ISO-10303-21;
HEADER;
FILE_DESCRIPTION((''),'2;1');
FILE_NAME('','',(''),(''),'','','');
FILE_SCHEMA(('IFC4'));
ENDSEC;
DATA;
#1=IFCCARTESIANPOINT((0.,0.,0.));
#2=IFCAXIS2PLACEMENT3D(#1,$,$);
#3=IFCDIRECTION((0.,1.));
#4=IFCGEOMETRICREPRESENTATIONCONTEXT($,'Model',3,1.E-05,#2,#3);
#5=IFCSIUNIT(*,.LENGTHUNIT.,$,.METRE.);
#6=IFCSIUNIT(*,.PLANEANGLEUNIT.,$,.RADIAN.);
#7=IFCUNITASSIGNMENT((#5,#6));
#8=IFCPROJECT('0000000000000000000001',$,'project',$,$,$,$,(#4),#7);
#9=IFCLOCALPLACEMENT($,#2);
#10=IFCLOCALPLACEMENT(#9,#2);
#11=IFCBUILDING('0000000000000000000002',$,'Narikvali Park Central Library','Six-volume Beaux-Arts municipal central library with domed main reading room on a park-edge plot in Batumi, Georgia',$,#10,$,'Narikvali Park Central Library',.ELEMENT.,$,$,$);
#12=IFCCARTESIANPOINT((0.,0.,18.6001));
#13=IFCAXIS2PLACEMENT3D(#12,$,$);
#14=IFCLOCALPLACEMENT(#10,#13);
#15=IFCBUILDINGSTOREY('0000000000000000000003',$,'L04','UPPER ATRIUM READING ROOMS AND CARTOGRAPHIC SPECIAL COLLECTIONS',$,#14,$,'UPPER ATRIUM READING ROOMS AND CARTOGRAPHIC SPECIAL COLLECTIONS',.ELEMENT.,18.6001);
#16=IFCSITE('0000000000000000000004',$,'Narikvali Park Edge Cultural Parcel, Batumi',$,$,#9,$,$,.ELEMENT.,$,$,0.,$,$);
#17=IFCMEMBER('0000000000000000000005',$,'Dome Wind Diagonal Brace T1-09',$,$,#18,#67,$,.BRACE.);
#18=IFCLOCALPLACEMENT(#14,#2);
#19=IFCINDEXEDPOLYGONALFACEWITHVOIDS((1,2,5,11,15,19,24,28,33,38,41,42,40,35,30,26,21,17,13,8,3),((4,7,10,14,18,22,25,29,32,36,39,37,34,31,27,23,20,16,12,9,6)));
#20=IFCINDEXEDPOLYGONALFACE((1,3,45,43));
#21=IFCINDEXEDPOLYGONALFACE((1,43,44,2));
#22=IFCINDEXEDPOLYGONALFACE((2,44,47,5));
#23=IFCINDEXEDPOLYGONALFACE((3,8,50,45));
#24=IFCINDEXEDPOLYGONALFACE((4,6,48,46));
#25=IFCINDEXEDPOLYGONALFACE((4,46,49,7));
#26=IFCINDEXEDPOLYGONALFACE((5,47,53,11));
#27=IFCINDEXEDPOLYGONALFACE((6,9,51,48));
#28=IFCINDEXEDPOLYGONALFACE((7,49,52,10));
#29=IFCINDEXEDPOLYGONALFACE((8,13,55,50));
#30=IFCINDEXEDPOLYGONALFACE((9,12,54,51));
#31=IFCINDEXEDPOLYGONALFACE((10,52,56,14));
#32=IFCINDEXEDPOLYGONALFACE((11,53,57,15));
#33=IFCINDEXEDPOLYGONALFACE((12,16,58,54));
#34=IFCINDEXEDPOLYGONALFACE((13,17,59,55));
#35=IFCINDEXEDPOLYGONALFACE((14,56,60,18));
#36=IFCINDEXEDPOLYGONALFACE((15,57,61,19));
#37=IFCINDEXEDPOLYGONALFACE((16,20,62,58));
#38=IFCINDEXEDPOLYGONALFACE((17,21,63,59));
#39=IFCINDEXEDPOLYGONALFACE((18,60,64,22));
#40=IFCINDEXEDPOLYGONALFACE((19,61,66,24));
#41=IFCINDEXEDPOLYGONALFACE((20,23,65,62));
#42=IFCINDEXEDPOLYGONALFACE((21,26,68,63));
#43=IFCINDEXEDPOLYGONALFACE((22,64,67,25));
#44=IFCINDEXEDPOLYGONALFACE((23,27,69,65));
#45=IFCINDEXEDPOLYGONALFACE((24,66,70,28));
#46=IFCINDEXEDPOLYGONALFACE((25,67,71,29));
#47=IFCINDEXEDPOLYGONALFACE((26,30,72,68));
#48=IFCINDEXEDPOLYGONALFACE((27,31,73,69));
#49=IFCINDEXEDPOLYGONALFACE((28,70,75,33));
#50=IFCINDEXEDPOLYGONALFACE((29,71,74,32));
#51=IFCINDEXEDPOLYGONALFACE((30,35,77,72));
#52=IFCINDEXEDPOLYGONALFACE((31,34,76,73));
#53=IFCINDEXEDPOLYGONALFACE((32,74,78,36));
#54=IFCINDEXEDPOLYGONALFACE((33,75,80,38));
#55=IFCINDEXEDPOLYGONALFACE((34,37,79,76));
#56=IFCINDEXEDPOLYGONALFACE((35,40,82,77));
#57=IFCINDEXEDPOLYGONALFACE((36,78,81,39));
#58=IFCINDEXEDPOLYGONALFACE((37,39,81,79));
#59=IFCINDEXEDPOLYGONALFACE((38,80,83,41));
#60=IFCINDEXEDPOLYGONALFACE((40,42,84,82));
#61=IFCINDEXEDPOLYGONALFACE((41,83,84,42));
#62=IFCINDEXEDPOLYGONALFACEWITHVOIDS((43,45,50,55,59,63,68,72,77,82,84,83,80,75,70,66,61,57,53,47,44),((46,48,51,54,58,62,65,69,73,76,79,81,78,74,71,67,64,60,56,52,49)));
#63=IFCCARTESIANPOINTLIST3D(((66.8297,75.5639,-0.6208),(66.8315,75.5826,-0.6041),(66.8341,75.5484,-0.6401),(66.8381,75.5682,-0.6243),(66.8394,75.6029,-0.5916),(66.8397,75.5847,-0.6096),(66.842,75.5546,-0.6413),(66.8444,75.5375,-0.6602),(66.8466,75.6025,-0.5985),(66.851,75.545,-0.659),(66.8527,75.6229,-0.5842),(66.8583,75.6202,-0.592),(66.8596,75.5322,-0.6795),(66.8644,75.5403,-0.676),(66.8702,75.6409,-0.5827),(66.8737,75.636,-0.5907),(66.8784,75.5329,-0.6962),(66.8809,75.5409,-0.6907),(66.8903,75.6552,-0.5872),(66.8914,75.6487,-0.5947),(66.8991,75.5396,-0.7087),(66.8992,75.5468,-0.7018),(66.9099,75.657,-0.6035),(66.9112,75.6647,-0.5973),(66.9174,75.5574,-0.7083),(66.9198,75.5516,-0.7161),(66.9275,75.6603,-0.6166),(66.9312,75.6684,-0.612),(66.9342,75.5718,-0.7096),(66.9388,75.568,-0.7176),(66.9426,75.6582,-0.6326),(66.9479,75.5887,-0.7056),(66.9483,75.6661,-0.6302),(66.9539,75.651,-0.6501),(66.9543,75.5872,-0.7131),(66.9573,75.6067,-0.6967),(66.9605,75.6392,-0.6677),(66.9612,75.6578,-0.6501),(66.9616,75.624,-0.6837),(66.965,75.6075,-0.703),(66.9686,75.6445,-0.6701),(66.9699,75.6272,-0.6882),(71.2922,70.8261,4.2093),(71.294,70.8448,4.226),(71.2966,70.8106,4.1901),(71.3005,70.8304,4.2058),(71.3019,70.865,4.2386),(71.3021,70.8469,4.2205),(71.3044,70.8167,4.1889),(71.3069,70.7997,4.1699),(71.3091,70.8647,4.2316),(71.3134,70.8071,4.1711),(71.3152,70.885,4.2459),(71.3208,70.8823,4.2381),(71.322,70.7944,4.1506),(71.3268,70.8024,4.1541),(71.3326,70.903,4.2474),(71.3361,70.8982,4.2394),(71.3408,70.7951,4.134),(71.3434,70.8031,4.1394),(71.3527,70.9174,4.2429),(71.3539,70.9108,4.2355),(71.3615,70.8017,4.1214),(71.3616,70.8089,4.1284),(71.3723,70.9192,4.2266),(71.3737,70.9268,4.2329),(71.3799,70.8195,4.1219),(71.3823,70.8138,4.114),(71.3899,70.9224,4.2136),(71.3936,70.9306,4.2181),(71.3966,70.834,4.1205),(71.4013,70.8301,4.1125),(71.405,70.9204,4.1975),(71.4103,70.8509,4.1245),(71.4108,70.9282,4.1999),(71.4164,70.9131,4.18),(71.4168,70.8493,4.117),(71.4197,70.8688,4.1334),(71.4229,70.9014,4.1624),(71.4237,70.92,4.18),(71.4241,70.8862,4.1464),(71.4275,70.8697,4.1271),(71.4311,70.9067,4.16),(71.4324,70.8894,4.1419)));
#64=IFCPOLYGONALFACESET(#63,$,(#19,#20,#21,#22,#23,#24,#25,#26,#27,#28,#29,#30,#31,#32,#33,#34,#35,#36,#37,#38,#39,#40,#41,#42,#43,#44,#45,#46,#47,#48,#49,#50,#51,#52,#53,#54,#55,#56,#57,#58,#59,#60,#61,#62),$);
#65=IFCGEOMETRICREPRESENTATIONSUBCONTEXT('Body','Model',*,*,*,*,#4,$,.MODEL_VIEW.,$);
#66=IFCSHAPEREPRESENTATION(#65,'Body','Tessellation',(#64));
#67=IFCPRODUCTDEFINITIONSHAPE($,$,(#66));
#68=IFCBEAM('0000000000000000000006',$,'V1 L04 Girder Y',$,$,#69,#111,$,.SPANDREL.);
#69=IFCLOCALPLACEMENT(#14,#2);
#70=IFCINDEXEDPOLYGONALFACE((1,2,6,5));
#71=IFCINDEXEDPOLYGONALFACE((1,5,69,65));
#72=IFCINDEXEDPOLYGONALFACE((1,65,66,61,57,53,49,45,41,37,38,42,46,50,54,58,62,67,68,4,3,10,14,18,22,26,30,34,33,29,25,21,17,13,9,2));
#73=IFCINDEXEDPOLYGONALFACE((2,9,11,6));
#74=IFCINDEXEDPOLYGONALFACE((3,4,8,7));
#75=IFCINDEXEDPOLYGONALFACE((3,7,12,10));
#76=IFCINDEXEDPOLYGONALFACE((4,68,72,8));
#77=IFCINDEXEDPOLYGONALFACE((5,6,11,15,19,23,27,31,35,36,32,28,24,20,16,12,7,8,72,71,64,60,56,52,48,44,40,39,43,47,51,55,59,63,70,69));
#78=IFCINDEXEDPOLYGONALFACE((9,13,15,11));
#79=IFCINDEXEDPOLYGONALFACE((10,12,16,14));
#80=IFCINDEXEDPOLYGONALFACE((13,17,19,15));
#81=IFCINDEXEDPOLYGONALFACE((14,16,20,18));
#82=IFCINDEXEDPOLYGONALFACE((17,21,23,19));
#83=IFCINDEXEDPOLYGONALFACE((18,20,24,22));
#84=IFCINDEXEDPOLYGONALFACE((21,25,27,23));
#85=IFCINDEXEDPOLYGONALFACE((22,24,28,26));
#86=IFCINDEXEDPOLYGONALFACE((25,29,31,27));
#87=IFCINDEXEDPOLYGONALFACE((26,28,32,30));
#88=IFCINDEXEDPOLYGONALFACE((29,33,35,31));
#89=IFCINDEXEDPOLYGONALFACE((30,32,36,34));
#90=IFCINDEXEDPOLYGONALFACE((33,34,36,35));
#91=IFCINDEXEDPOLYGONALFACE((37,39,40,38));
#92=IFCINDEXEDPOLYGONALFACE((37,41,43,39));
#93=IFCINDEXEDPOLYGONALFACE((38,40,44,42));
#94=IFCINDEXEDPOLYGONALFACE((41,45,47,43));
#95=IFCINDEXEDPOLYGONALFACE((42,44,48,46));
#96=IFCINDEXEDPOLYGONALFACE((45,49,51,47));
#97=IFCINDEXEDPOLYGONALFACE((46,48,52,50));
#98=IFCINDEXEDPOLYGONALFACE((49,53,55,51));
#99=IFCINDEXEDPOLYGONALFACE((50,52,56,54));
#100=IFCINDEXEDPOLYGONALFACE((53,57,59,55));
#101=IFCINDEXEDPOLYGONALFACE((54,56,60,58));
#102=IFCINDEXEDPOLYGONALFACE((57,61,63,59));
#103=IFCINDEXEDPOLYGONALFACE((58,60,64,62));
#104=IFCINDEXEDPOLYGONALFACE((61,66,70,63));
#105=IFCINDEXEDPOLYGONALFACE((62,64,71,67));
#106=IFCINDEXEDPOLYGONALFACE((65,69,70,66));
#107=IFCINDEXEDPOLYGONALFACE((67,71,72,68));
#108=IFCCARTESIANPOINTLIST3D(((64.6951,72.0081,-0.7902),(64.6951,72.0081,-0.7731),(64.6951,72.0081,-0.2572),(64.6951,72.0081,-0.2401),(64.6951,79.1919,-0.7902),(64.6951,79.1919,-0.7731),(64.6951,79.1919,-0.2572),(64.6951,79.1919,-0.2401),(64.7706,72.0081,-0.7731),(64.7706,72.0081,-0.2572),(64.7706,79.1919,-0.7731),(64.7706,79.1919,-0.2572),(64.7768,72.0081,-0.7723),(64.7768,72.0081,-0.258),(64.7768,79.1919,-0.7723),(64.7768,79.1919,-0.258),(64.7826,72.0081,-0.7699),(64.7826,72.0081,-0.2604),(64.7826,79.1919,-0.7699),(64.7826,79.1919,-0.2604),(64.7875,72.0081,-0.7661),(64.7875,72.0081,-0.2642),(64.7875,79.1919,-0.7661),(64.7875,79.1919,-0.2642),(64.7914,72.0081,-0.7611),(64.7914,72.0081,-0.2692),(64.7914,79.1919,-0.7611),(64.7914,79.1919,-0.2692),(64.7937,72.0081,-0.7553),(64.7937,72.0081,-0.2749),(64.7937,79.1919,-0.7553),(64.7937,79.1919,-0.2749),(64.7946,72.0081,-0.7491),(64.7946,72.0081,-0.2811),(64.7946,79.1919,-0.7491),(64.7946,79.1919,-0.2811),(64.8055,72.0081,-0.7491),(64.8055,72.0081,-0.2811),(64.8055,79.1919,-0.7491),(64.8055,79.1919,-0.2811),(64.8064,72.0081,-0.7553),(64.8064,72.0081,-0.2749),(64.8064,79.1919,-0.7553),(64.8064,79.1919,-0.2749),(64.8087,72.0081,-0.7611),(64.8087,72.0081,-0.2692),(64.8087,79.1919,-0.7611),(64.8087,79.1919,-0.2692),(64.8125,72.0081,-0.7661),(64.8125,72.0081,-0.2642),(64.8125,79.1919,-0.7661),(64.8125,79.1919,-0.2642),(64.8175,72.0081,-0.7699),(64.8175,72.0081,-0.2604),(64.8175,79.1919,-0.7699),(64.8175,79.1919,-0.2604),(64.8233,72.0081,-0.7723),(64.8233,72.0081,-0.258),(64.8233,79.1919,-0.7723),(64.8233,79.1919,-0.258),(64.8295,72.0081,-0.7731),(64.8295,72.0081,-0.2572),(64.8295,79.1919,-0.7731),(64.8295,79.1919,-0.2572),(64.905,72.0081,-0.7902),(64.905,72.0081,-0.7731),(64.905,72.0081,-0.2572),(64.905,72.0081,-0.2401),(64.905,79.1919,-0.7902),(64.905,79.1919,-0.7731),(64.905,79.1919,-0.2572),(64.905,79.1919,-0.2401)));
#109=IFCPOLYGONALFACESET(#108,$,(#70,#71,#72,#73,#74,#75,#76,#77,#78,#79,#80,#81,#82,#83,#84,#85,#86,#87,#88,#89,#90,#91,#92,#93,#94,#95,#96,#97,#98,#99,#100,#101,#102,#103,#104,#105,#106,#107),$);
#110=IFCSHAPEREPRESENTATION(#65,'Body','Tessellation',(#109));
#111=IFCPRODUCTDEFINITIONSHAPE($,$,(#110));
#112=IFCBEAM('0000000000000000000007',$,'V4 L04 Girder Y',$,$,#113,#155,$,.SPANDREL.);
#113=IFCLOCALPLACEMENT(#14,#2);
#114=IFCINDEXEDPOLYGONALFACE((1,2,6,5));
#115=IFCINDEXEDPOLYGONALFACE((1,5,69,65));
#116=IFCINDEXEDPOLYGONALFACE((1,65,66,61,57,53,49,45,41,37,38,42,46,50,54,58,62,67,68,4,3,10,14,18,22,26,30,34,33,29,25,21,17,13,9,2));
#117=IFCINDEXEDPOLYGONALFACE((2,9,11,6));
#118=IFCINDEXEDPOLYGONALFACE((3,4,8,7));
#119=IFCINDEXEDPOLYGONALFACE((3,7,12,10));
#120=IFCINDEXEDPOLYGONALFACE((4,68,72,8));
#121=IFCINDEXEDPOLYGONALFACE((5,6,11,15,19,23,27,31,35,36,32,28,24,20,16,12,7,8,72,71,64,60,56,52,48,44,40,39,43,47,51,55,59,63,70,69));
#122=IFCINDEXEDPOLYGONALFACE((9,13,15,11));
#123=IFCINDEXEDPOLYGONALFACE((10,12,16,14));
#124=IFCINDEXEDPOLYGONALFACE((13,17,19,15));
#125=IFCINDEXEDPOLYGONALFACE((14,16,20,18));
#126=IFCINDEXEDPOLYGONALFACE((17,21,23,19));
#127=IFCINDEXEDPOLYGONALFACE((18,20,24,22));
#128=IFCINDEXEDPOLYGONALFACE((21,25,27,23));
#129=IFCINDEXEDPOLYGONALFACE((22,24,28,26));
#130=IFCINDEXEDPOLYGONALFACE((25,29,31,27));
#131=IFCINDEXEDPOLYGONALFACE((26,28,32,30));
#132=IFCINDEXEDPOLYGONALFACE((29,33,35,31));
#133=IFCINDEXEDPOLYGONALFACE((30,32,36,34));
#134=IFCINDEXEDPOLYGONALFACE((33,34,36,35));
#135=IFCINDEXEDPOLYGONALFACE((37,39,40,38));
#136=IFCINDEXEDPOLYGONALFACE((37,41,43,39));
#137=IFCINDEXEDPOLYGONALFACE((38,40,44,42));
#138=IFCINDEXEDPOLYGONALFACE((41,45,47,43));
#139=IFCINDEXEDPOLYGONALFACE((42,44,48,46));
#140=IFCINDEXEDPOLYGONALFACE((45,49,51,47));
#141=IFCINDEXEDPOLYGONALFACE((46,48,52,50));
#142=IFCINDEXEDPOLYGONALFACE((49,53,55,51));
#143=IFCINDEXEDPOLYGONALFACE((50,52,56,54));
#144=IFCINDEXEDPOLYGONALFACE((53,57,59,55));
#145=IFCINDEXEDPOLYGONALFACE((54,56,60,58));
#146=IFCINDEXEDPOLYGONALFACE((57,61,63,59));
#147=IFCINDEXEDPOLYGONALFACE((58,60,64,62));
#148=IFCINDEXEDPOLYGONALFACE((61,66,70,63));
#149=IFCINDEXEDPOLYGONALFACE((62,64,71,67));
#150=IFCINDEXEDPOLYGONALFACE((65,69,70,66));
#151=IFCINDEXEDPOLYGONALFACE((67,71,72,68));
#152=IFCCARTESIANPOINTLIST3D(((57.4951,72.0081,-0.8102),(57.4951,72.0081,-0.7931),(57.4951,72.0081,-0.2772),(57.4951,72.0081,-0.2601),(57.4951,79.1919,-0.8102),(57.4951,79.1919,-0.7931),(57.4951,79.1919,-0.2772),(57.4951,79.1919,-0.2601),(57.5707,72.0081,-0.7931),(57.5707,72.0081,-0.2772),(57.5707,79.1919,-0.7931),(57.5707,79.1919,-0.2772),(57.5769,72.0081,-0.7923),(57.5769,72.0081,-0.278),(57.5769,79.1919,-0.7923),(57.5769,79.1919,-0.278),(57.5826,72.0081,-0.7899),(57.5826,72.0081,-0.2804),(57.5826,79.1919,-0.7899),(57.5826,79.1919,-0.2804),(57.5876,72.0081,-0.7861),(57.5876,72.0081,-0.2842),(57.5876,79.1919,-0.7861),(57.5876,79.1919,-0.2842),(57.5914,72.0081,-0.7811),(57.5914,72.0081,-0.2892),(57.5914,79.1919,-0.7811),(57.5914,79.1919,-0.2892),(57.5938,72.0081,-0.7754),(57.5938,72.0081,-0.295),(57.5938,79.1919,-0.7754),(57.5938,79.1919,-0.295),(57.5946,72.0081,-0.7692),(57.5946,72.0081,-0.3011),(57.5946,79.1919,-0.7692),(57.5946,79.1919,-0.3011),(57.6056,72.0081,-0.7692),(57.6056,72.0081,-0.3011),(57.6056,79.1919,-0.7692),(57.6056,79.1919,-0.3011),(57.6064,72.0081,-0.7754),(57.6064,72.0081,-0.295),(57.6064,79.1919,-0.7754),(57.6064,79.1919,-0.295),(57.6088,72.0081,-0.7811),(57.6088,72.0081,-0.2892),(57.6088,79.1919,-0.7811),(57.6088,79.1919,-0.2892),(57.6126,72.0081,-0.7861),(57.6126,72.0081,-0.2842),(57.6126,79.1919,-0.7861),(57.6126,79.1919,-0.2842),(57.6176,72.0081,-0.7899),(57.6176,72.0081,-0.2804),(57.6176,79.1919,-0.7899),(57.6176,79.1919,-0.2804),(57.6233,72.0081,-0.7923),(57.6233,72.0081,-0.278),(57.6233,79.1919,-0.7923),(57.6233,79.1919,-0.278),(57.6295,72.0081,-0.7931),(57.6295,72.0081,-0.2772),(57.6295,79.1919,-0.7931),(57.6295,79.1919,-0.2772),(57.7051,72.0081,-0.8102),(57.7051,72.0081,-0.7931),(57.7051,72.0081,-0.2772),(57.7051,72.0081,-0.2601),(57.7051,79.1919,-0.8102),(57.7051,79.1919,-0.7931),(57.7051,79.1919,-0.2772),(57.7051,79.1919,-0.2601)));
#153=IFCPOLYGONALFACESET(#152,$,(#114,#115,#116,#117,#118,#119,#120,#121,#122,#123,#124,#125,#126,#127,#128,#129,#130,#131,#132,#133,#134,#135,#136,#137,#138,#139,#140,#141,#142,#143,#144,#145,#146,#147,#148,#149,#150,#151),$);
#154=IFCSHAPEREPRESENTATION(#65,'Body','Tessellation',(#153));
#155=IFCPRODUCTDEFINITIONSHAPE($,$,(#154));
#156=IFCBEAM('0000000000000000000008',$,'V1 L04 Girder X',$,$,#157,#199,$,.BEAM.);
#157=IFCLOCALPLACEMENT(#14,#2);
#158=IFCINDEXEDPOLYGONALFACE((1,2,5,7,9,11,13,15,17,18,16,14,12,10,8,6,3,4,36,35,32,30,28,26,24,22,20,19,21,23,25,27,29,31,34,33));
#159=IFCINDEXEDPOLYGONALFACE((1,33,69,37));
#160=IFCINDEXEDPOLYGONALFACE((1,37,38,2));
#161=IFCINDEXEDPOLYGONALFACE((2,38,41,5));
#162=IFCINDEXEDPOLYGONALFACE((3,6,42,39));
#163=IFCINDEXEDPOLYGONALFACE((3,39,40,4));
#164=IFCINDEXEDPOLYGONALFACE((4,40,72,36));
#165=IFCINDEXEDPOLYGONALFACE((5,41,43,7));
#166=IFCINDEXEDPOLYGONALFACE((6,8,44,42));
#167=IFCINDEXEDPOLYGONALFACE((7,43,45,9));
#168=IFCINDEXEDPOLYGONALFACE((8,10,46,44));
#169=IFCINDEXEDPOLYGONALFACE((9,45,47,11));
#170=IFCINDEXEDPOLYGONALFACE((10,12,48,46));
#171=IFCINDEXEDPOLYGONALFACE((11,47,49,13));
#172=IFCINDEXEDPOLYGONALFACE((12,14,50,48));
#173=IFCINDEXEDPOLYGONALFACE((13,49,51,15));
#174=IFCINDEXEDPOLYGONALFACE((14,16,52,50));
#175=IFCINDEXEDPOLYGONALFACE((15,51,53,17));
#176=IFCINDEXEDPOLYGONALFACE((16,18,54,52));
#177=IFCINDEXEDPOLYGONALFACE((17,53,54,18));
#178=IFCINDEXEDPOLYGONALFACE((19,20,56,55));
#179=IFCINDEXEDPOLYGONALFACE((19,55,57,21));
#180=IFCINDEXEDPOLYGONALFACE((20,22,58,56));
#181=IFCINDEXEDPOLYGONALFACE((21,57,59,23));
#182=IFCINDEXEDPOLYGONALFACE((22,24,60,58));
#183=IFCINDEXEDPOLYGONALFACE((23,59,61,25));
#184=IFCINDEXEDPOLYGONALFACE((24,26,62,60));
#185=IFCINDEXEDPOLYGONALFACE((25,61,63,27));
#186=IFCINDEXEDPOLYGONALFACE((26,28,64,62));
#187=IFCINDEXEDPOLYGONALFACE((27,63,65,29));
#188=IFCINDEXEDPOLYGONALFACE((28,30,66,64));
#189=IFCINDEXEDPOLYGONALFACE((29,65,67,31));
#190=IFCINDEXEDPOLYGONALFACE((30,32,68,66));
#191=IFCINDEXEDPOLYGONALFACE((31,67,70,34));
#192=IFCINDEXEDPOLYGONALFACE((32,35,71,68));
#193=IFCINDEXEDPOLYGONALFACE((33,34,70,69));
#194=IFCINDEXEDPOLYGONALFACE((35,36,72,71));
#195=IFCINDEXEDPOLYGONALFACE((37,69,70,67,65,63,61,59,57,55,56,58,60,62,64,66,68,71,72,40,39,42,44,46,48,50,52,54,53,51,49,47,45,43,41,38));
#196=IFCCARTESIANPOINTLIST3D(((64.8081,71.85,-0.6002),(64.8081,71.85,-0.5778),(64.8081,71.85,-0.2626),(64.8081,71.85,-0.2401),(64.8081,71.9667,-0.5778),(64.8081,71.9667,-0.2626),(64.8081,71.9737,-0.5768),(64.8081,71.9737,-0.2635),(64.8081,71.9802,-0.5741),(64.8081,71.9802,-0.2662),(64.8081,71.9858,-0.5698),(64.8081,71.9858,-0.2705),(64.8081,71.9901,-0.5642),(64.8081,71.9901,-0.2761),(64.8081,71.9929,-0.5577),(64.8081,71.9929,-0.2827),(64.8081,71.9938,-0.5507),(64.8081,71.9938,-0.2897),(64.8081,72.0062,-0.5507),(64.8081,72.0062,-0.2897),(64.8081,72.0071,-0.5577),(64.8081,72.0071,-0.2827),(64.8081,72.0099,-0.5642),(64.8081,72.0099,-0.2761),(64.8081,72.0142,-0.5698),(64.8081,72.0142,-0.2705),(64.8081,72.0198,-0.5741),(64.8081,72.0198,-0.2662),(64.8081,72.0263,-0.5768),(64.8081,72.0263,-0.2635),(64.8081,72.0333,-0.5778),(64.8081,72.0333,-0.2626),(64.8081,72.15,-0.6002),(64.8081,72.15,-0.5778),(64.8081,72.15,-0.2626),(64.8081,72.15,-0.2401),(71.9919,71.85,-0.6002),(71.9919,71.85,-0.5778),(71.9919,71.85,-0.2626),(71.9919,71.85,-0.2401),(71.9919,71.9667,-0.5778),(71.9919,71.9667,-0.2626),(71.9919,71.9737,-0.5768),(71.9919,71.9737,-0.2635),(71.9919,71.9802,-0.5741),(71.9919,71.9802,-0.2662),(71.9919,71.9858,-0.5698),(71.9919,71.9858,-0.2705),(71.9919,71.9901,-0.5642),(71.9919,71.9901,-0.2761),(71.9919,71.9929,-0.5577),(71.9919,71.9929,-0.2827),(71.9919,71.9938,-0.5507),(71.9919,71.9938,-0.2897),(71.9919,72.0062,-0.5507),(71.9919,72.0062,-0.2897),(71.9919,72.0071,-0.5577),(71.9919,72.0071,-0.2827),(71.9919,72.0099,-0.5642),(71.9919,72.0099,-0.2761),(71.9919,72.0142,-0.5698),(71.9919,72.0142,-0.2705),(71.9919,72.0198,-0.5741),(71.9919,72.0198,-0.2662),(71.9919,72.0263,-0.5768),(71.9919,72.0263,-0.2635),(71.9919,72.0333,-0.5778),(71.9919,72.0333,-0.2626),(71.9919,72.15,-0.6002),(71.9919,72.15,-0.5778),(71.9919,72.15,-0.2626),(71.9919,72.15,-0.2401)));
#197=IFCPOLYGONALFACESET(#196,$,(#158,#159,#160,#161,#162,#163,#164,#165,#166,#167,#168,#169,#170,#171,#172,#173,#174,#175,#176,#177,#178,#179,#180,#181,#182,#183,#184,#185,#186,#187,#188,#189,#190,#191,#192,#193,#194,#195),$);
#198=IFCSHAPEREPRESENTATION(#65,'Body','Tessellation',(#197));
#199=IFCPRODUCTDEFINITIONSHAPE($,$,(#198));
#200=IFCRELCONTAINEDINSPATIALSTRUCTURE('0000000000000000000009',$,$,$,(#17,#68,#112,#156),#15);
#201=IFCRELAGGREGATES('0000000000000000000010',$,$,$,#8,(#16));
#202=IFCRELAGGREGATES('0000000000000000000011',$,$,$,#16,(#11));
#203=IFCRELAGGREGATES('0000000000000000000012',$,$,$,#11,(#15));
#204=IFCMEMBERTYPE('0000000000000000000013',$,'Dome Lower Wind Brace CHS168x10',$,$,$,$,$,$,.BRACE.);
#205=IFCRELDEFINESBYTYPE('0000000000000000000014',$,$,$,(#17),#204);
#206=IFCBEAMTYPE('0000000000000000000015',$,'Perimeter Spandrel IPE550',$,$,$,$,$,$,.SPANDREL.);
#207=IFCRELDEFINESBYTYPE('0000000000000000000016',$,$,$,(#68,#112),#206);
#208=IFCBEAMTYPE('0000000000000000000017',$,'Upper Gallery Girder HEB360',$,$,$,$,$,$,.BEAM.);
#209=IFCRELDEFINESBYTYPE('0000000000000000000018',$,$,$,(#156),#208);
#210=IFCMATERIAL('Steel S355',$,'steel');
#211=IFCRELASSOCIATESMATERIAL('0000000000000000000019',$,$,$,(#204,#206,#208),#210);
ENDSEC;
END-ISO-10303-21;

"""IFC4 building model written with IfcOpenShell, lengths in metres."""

from ifc_helpers import new_model, si_unit, direction, frame, origin, origin_2d, place, context, subcontext, project, spatial, hollow_circle, i_section, extrude, material, material_profile, profile_set, type_object, element, save


model = new_model("IFC4")

# Units and contexts
model_context = context("Model", 3, precision=1e-05, world=origin(), true_north=direction((0.0, 1.0)))
body_context = subcontext(model_context, "Body", "Model", "MODEL_VIEW")
ifc_project = project(units=[si_unit("LENGTHUNIT", "METRE"), si_unit("PLANEANGLEUNIT", "RADIAN")], contexts=[model_context])

# Site, building, storey
site_placement = place(None, origin())
site = spatial("IfcSite", under=ifc_project, at=site_placement, Name="Narikvali Park Edge Cultural Parcel, Batumi", CompositionType="ELEMENT", RefElevation=0.0)
building_placement = place(site_placement, origin())
building = spatial("IfcBuilding", under=site, at=building_placement, Name="Narikvali Park Central Library", Description="Six-volume Beaux-Arts municipal central library with domed main reading room on a park-edge plot in Batumi, Georgia", LongName="Narikvali Park Central Library", CompositionType="ELEMENT")
storey_placement = place(building_placement, frame((0.0, 0.0, 18.6001)))
storey = spatial("IfcBuildingStorey", under=building, at=storey_placement, Name="L04", Description="UPPER ATRIUM READING ROOMS AND CARTOGRAPHIC SPECIAL COLLECTIONS", LongName="UPPER ATRIUM READING ROOMS AND CARTOGRAPHIC SPECIAL COLLECTIONS", CompositionType="ELEMENT", Elevation=18.6001)

# Shared definitions
ifc_material_1 = material(Name="Steel S355", Category="steel")

# Member
ifc_material_profile_1 = material_profile(ifc_material_1, hollow_circle(Radius=0.0842, WallThickness=0.01, at=origin_2d()), Name="CHS 168.3x10")
ifc_profile_set_1 = profile_set([ifc_material_profile_1], Name="Steel S355")
member_type_1 = type_object("IfcMemberType", Name="Dome Lower Wind Brace CHS168x10", PredefinedType="BRACE", material=ifc_profile_set_1)
member_1_placement = place(storey_placement, frame((66.8999, 75.6001, -0.6501), z_axis=(0.550581, -0.584559, 0.595946), x_axis=(0.727947, 0.685634, 0.0)))
element("IfcMember", 1, at=member_1_placement, inside=storey, type_object=member_type_1, Name="Dome Wind Diagonal Brace T1-09", PredefinedType="BRACE", context=body_context, shape_type="SweptSolid", body=[
    extrude(hollow_circle(Radius=0.0842, WallThickness=0.01, at=origin_2d()), origin(), (0.0, 0.0, 1.0), 8.105),
])

# Beams
ifc_material_profile_2 = material_profile(ifc_material_1, i_section(OverallWidth=0.21, OverallDepth=0.55, WebThickness=0.011, FlangeThickness=0.0171, FilletRadius=0.0239, at=origin_2d()), Name="IPE 550")
ifc_profile_set_2 = profile_set([ifc_material_profile_2], Name="Steel S355")
beam_type_1 = type_object("IfcBeamType", Name="Perimeter Spandrel IPE550", PredefinedType="SPANDREL", material=ifc_profile_set_2)
for number, where, z_axis, x_axis, name in (
    (2, (64.8, 72.0081, -0.5151), (0.0, 1.0, 0.0), (-1.0, 0.0, 0.0), "V1 L04 Girder Y"),
    (3, (57.6001, 72.0081, -0.5352), (0.0, 1.0, 0.0), (-1.0, 0.0, 0.0), "V4 L04 Girder Y"),
):
    element("IfcBeam", number, at=place(storey_placement, frame(where, z_axis=z_axis, x_axis=x_axis)), inside=storey, type_object=beam_type_1, Name=name, PredefinedType="SPANDREL", context=body_context, shape_type="SweptSolid", body=[
        extrude(i_section(OverallWidth=0.21, OverallDepth=0.55, WebThickness=0.011, FlangeThickness=0.0171, FilletRadius=0.0239, at=origin_2d()), origin(), (0.0, 0.0, 1.0), 7.1838),
    ])
ifc_material_profile_3 = material_profile(ifc_material_1, i_section(OverallWidth=0.3, OverallDepth=0.3601, WebThickness=0.0125, FlangeThickness=0.0225, FilletRadius=0.0271, at=origin_2d()), Name="HEB 360")
ifc_profile_set_3 = profile_set([ifc_material_profile_3], Name="Steel S355")
beam_type_2 = type_object("IfcBeamType", Name="Upper Gallery Girder HEB360", PredefinedType="BEAM", material=ifc_profile_set_3)
beam_1_placement = place(storey_placement, frame((64.8081, 72.0, -0.4202), z_axis=(1.0, 0.0, 0.0), x_axis=(0.0, 1.0, 0.0)))
element("IfcBeam", 4, at=beam_1_placement, inside=storey, type_object=beam_type_2, Name="V1 L04 Girder X", PredefinedType="BEAM", context=body_context, shape_type="SweptSolid", body=[
    extrude(i_section(OverallWidth=0.3, OverallDepth=0.3601, WebThickness=0.0125, FlangeThickness=0.0225, FilletRadius=0.0271, at=origin_2d()), origin(), (0.0, 0.0, 1.0), 7.1838),
])

save(model, "model.ifc")
